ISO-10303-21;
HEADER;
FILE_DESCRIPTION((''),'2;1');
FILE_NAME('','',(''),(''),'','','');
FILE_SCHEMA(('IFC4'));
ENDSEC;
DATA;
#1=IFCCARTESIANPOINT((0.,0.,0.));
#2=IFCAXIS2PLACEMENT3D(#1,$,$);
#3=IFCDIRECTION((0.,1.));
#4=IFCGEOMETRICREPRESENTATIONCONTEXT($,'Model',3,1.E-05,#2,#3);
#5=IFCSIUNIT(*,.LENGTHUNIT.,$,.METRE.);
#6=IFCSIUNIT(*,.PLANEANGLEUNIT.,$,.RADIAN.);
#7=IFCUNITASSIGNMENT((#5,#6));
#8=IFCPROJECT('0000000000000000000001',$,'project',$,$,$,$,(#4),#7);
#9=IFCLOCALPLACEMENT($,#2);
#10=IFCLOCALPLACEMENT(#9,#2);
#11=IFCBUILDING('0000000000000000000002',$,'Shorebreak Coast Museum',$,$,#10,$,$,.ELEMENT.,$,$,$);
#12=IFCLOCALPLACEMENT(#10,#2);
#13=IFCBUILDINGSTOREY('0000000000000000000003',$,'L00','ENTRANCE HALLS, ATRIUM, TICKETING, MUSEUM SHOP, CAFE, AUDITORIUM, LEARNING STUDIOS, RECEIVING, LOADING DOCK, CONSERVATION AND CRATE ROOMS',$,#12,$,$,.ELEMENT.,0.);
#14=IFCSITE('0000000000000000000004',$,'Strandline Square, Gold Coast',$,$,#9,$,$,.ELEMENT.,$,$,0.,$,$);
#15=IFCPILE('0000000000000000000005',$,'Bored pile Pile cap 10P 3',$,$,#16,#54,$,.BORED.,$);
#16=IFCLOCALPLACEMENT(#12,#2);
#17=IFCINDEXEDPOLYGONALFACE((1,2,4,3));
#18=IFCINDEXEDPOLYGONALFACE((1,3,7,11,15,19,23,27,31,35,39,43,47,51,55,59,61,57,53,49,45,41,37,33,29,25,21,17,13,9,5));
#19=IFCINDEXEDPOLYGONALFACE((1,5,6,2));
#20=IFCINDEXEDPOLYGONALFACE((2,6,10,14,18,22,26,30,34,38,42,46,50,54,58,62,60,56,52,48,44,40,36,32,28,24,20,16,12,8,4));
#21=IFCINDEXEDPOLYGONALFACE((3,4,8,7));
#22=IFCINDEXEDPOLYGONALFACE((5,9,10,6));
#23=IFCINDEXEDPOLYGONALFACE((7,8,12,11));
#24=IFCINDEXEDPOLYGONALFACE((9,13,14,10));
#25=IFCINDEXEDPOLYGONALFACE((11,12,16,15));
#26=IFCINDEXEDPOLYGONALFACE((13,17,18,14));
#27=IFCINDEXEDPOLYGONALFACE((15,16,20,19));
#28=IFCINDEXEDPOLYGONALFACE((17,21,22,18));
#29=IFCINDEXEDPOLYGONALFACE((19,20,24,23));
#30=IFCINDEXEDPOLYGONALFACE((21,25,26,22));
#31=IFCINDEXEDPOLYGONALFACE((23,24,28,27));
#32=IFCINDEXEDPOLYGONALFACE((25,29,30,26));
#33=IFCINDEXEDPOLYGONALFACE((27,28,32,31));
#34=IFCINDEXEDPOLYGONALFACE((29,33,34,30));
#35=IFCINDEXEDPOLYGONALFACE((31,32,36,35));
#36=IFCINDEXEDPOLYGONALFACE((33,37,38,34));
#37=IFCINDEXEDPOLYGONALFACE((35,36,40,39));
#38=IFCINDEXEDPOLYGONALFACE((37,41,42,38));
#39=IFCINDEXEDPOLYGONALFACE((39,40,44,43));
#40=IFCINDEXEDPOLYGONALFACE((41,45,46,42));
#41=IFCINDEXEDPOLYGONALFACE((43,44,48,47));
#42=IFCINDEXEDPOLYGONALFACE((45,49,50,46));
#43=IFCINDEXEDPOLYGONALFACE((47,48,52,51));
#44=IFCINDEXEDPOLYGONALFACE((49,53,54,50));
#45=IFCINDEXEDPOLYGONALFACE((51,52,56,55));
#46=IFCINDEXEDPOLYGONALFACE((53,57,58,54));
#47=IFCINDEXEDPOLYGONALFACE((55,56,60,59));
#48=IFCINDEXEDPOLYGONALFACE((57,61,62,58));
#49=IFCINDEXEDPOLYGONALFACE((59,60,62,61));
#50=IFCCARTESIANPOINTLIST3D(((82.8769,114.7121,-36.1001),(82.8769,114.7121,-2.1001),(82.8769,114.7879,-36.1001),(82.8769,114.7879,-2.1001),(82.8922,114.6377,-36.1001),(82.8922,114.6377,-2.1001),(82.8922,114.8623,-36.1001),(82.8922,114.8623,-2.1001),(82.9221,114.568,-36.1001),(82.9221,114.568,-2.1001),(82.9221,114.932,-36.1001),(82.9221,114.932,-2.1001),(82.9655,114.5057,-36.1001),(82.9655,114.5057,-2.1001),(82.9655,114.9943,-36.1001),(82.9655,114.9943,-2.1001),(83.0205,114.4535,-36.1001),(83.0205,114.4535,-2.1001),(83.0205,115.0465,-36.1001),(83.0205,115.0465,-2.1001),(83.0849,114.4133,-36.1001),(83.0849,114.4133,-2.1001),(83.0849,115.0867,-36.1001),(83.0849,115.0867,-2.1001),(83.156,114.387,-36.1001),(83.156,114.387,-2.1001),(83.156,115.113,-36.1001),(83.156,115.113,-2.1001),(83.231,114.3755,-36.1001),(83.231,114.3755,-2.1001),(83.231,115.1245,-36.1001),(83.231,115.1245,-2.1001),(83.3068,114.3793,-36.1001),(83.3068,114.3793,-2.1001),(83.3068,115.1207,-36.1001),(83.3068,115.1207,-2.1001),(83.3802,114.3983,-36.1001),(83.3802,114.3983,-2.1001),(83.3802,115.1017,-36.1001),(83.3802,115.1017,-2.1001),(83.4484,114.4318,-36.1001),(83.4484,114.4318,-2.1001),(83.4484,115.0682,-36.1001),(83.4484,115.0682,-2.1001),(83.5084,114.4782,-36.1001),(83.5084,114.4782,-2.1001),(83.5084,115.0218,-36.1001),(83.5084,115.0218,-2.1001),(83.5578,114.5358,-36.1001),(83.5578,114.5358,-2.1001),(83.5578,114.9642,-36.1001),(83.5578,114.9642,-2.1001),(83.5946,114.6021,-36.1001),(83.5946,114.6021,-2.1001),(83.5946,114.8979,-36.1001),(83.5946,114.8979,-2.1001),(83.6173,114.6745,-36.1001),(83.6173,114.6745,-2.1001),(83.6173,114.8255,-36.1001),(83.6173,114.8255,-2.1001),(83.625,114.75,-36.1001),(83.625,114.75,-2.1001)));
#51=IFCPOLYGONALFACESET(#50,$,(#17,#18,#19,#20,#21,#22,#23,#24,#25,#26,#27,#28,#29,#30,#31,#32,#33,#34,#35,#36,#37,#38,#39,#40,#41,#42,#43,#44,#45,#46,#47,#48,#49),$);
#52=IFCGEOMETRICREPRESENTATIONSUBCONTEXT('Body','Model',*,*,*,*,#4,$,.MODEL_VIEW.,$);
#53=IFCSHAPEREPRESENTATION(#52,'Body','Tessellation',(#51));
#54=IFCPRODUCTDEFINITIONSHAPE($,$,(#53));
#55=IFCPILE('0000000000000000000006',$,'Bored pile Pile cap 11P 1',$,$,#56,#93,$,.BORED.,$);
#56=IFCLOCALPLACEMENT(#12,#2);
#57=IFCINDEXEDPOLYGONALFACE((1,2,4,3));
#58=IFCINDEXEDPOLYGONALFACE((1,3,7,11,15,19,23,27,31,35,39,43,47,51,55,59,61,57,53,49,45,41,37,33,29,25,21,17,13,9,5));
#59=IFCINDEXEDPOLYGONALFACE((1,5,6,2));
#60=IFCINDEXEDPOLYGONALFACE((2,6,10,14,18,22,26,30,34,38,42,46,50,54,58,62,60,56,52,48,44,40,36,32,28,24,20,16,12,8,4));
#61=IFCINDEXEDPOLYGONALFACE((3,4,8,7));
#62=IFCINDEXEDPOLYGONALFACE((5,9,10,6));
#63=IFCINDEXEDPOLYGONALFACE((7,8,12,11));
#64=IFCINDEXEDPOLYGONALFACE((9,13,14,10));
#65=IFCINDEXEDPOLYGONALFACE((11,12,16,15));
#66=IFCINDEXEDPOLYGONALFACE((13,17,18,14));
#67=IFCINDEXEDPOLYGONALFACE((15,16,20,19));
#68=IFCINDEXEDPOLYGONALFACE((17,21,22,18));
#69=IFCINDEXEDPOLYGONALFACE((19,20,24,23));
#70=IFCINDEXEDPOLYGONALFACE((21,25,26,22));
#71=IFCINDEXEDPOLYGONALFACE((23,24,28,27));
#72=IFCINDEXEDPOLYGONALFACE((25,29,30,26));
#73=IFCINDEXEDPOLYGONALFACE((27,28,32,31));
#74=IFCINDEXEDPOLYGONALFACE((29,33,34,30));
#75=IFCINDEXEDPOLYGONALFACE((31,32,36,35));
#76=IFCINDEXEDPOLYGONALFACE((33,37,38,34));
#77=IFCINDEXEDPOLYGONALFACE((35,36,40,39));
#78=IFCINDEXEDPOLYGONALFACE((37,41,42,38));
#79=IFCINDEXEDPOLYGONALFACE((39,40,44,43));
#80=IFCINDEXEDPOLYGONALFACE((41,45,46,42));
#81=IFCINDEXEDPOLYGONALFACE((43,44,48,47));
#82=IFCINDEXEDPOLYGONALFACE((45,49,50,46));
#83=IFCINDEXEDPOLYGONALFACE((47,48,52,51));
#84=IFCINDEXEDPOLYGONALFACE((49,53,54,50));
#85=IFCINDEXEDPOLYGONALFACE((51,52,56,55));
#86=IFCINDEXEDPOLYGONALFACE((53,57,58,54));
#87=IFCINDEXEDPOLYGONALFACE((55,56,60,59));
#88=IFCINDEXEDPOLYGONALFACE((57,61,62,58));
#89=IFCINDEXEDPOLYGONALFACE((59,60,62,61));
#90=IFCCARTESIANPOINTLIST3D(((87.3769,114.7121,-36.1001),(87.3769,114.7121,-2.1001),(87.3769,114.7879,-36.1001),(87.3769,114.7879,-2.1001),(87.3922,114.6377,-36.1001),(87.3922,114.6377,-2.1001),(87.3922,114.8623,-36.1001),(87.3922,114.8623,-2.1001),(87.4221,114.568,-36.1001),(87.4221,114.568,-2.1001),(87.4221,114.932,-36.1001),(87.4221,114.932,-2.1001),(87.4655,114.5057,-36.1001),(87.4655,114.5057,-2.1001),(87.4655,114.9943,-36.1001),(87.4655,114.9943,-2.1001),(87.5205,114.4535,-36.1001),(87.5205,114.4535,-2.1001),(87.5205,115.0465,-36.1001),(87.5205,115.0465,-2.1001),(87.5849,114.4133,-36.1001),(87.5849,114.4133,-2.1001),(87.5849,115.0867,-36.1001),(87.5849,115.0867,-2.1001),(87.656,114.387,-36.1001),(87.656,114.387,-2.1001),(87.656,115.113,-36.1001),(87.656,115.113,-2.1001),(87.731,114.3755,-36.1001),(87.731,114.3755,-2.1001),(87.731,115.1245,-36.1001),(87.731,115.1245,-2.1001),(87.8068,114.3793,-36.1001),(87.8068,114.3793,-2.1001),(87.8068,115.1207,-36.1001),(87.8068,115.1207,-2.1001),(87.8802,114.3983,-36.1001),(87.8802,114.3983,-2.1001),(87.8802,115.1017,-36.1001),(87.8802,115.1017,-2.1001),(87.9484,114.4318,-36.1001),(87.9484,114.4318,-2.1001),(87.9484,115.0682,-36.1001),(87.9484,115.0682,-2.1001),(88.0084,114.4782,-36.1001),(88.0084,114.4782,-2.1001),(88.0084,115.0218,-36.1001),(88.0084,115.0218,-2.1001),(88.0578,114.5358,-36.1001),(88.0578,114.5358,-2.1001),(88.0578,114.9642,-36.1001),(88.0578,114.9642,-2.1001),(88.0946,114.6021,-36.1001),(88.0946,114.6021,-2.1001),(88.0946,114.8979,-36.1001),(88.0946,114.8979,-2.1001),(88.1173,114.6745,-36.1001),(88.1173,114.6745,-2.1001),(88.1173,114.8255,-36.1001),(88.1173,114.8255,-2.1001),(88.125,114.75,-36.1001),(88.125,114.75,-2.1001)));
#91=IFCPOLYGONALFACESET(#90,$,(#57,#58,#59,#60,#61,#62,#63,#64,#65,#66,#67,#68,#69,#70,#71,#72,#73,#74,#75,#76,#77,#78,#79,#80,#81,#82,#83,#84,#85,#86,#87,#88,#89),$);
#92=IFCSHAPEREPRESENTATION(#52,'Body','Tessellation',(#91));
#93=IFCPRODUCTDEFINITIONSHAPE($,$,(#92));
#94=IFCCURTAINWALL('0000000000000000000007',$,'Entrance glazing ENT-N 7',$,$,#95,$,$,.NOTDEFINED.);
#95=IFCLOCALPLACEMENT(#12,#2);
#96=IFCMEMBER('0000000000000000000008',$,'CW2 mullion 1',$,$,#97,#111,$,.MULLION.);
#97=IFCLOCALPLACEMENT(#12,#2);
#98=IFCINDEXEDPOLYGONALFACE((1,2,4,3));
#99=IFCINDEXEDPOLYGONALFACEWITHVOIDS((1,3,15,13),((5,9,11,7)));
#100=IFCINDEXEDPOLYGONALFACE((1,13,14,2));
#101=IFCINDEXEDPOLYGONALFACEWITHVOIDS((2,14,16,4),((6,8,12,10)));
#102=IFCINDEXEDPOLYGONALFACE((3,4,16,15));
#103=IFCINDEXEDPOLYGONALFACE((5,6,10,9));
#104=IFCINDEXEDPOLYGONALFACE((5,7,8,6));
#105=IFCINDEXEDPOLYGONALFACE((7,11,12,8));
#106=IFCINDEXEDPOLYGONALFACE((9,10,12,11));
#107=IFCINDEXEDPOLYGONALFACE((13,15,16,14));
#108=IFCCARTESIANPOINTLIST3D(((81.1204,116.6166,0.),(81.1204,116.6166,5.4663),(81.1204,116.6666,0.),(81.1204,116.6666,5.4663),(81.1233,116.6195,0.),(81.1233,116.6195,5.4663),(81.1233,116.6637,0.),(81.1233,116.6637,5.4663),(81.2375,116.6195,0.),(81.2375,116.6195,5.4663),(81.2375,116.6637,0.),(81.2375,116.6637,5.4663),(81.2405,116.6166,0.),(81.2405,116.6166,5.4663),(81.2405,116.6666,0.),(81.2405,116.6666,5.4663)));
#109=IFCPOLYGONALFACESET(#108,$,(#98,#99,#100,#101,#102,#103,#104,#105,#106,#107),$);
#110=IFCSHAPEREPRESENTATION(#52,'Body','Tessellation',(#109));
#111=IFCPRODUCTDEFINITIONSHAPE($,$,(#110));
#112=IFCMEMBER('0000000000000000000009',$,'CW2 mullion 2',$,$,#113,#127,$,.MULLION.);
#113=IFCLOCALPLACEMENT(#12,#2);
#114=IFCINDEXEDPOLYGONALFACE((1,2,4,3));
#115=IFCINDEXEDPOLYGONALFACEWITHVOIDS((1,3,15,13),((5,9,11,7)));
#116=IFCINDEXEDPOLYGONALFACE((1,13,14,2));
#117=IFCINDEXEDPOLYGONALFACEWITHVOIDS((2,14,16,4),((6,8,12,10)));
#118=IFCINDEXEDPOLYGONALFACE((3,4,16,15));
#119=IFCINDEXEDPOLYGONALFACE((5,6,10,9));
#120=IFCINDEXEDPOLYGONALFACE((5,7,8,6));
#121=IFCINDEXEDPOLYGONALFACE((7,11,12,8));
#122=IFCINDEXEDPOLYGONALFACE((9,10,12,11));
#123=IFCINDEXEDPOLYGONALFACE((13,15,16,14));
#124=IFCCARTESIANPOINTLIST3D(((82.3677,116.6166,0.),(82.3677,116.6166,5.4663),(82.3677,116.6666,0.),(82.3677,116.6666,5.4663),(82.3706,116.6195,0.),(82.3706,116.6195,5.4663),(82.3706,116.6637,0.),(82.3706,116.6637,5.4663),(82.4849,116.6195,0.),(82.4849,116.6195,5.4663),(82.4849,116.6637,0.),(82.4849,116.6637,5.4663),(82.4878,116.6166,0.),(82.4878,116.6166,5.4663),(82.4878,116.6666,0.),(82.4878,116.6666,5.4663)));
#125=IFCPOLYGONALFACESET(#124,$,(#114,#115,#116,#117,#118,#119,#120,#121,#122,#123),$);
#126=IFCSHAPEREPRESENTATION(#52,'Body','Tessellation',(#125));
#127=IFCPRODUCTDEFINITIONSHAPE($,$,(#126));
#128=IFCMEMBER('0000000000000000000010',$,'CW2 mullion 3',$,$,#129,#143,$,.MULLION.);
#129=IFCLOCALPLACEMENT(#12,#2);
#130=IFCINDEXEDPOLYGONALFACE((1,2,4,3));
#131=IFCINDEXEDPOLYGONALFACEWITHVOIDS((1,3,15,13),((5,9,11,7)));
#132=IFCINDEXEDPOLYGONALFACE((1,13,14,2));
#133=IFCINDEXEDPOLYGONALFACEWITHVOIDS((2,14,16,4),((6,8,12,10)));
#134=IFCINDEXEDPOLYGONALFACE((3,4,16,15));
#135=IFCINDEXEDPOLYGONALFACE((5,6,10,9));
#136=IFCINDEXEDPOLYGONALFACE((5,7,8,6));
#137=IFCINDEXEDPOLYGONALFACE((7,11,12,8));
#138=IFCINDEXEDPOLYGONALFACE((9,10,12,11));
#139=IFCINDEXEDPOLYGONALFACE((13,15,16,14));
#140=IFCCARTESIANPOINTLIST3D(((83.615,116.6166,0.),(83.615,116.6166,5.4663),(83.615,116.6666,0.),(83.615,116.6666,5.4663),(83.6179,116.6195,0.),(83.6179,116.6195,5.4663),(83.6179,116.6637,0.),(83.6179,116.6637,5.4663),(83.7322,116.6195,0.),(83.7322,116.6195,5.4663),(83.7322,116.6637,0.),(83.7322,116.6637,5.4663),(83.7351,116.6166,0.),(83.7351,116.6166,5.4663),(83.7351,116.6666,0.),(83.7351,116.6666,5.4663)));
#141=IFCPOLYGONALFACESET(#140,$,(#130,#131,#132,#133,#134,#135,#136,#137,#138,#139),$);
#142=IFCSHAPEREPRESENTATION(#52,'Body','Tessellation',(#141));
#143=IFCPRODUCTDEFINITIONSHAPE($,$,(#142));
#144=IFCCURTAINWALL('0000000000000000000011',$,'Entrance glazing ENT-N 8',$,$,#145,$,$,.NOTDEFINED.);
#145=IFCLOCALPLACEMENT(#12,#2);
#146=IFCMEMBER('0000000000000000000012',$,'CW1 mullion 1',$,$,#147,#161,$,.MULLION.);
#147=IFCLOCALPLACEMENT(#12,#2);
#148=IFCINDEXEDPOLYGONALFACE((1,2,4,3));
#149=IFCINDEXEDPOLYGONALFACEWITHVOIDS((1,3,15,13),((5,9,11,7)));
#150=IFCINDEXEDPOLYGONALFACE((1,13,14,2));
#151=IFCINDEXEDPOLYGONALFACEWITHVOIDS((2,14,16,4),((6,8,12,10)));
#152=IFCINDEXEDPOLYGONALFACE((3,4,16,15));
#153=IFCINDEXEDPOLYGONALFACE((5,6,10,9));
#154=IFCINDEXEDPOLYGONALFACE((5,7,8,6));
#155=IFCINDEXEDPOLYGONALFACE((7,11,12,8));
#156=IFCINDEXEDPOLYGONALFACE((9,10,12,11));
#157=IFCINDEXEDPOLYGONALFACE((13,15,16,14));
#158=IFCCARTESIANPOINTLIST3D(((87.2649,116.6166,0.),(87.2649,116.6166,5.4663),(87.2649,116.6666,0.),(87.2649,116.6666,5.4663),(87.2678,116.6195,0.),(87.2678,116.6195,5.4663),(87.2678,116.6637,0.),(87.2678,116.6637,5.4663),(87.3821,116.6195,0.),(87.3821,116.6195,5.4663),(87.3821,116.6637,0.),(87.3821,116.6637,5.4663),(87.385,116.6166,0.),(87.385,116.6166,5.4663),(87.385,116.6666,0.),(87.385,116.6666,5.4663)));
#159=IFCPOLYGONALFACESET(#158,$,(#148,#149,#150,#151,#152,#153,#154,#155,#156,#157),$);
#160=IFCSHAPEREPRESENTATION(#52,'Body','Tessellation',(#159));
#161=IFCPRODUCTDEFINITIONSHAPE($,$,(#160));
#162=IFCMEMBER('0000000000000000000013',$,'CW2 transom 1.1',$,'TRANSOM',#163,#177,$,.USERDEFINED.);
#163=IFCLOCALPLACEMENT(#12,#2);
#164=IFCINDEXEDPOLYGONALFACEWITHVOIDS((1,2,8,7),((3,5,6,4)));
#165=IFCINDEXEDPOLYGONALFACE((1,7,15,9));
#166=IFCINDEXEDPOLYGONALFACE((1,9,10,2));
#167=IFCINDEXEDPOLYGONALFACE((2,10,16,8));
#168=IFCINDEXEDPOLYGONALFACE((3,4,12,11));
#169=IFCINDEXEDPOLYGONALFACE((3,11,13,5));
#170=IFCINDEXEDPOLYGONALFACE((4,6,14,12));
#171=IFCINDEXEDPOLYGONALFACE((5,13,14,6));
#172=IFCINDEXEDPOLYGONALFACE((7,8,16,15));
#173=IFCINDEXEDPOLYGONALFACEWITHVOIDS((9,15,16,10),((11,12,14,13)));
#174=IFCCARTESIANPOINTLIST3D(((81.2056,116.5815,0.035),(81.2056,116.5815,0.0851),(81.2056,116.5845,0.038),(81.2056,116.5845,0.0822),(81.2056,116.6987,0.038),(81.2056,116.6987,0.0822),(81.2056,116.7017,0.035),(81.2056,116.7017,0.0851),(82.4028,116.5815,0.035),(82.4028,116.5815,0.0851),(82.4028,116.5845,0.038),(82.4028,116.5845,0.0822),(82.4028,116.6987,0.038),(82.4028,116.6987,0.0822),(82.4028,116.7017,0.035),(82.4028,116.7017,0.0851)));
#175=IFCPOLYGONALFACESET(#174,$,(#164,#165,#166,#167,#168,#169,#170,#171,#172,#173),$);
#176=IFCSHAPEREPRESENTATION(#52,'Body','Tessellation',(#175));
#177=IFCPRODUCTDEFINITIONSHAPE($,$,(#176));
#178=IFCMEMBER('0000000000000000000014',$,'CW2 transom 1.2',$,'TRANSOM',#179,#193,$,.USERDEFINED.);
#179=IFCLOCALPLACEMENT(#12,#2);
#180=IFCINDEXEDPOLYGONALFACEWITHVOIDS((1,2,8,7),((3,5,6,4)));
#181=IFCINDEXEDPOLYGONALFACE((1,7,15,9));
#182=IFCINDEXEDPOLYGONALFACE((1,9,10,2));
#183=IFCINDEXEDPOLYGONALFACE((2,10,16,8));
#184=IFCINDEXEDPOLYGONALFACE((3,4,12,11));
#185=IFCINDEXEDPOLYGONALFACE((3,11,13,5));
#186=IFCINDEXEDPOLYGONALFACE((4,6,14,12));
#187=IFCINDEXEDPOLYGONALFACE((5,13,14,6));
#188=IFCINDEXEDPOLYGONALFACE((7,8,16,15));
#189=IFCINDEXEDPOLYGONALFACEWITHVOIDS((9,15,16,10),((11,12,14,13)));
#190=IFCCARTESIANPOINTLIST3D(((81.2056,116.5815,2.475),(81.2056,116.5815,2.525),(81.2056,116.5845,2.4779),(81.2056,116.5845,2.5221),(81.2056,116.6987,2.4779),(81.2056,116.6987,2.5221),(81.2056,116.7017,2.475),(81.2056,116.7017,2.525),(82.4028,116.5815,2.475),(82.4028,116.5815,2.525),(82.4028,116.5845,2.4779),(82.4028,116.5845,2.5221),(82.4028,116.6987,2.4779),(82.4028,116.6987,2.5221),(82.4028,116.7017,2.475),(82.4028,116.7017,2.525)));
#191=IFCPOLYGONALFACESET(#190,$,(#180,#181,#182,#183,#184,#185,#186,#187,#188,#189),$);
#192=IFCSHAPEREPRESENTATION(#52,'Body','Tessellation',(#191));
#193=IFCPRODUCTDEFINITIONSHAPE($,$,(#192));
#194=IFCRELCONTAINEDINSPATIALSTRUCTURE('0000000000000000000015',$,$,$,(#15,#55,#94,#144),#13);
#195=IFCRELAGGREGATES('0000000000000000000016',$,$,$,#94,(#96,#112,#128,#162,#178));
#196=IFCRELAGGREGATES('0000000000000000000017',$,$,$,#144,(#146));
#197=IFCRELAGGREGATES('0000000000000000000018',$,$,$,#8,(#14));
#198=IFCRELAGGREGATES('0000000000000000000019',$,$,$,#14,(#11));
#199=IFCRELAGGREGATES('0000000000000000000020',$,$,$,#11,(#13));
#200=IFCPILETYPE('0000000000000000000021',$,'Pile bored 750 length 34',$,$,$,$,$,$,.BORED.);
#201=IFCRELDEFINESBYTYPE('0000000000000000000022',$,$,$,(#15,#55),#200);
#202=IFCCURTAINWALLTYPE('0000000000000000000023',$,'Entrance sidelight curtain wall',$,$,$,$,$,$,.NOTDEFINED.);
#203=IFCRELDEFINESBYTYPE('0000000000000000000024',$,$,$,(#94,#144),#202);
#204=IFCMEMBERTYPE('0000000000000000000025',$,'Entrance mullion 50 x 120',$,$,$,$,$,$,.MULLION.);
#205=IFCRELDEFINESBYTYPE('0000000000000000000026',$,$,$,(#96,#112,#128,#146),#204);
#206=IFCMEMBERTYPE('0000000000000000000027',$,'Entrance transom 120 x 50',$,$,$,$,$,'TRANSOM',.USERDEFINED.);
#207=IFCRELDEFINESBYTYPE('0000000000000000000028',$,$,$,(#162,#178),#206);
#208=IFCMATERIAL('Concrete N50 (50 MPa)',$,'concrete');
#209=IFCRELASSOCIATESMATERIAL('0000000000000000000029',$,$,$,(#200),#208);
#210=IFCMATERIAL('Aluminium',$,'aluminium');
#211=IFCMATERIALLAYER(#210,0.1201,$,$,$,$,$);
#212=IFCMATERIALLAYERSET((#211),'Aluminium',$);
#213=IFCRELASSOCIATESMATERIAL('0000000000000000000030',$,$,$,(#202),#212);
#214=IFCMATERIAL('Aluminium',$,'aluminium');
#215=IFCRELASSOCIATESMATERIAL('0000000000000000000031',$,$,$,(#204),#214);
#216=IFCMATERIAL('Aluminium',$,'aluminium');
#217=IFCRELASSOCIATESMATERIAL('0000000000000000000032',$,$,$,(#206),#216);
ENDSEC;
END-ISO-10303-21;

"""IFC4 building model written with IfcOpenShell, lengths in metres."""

from ifc_helpers import new_model, si_unit, direction, frame, origin, origin_2d, place, context, subcontext, project, spatial, hollow_rectangle, circle, extrude, material, layer, layer_set, material_profile, profile_set, type_object, element, aggregate, save


model = new_model("IFC4")

# Units and contexts
model_context = context("Model", 3, precision=1e-05, world=origin(), true_north=direction((0.0, 1.0)))
body_context = subcontext(model_context, "Body", "Model", "MODEL_VIEW")
ifc_project = project(units=[si_unit("LENGTHUNIT", "METRE"), si_unit("PLANEANGLEUNIT", "RADIAN")], contexts=[model_context])

# Site, building, storey
site_placement = place(None, origin())
site = spatial("IfcSite", under=ifc_project, at=site_placement, Name="Strandline Square, Gold Coast", CompositionType="ELEMENT", RefElevation=0.0)
building_placement = place(site_placement, origin())
building = spatial("IfcBuilding", under=site, at=building_placement, Name="Shorebreak Coast Museum", CompositionType="ELEMENT")
storey_placement = place(building_placement, origin())
storey = spatial("IfcBuildingStorey", under=building, at=storey_placement, Name="L00", Description="ENTRANCE HALLS, ATRIUM, TICKETING, MUSEUM SHOP, CAFE, AUDITORIUM, LEARNING STUDIOS, RECEIVING, LOADING DOCK, CONSERVATION AND CRATE ROOMS", CompositionType="ELEMENT", Elevation=0.0)

# Piles
ifc_material_1 = material(Name="Concrete N50 (50 MPa)", Category="concrete")
ifc_material_profile_1 = material_profile(ifc_material_1, circle(Radius=0.375, at=origin_2d()), Name="Pile bored 750 length 34")
ifc_profile_set_1 = profile_set([ifc_material_profile_1], Name="Concrete N50 (50 MPa)")
pile_type = type_object("IfcPileType", Name="Pile bored 750 length 34", PredefinedType="BORED", material=ifc_profile_set_1)
for number, where, z_axis, x_axis, name in (
    (1, (83.25, 114.75, -2.1001), (0.0, 0.0, -1.0), (1.0, 0.0, 0.0), "Bored pile Pile cap 10P 3"),
    (2, (87.75, 114.75, -2.1001), (0.0, 0.0, -1.0), (1.0, 0.0, 0.0), "Bored pile Pile cap 11P 1"),
):
    element("IfcPile", number, at=place(storey_placement, frame(where, z_axis=z_axis, x_axis=x_axis)), inside=storey, type_object=pile_type, Name=name, PredefinedType="BORED", context=body_context, shape_type="SweptSolid", body=[
        extrude(circle(Radius=0.375, at=origin_2d()), origin(), (0.0, 0.0, 1.0), 34.0),
    ])

# Curtain wall, members
ifc_material_2 = material(Name="Aluminium", Category="aluminium")
ifc_layer_1 = layer(ifc_material_2, 0.1201)
ifc_layer_set_1 = layer_set([ifc_layer_1], Name="Aluminium")
curtain_wall_type = type_object("IfcCurtainWallType", Name="Entrance sidelight curtain wall", PredefinedType="NOTDEFINED", material=ifc_layer_set_1)
curtain_wall_1_placement = place(storey_placement, origin())
curtain_wall_1 = element("IfcCurtainWall", 3, at=curtain_wall_1_placement, inside=storey, type_object=curtain_wall_type, Name="Entrance glazing ENT-N 7", PredefinedType="NOTDEFINED")
ifc_material_3 = material(Name="Aluminium", Category="aluminium")
ifc_material_profile_2 = material_profile(ifc_material_3, hollow_rectangle(XDim=0.05, YDim=0.1201, WallThickness=0.0029, at=origin_2d()), Name="AL 120x50 RHS")
ifc_profile_set_2 = profile_set([ifc_material_profile_2], Name="Aluminium")
member_type_1 = type_object("IfcMemberType", Name="Entrance mullion 50 x 120", PredefinedType="MULLION", material=ifc_profile_set_2)
member_1_placement = place(storey_placement, frame((81.1804, 116.6416, 0.0), z_axis=(0.0, 0.0, 1.0), x_axis=(0.0, 1.0, 0.0)))
member_1 = element("IfcMember", 4, at=member_1_placement, type_object=member_type_1, Name="CW2 mullion 1", PredefinedType="MULLION", context=body_context, shape_type="SweptSolid", body=[
    extrude(hollow_rectangle(XDim=0.05, YDim=0.1201, WallThickness=0.0029, at=origin_2d()), origin(), (0.0, 0.0, 1.0), 5.4663),
])
member_2_placement = place(storey_placement, frame((82.4277, 116.6416, 0.0), z_axis=(0.0, 0.0, 1.0), x_axis=(0.0, 1.0, 0.0)))
member_2 = element("IfcMember", 5, at=member_2_placement, type_object=member_type_1, Name="CW2 mullion 2", PredefinedType="MULLION", context=body_context, shape_type="SweptSolid", body=[
    extrude(hollow_rectangle(XDim=0.05, YDim=0.1201, WallThickness=0.0029, at=origin_2d()), origin(), (0.0, 0.0, 1.0), 5.4663),
])
member_3_placement = place(storey_placement, frame((83.675, 116.6416, 0.0), z_axis=(0.0, 0.0, 1.0), x_axis=(0.0, 1.0, 0.0)))
member_3 = element("IfcMember", 6, at=member_3_placement, type_object=member_type_1, Name="CW2 mullion 3", PredefinedType="MULLION", context=body_context, shape_type="SweptSolid", body=[
    extrude(hollow_rectangle(XDim=0.05, YDim=0.1201, WallThickness=0.0029, at=origin_2d()), origin(), (0.0, 0.0, 1.0), 5.4663),
])

# Curtain wall, member
curtain_wall_2_placement = place(storey_placement, origin())
curtain_wall_2 = element("IfcCurtainWall", 7, at=curtain_wall_2_placement, inside=storey, type_object=curtain_wall_type, Name="Entrance glazing ENT-N 8", PredefinedType="NOTDEFINED")
member_4_placement = place(storey_placement, frame((87.325, 116.6416, 0.0), z_axis=(0.0, 0.0, 1.0), x_axis=(0.0, 1.0, 0.0)))
member_4 = element("IfcMember", 8, at=member_4_placement, type_object=member_type_1, Name="CW1 mullion 1", PredefinedType="MULLION", context=body_context, shape_type="SweptSolid", body=[
    extrude(hollow_rectangle(XDim=0.05, YDim=0.1201, WallThickness=0.0029, at=origin_2d()), origin(), (0.0, 0.0, 1.0), 5.4663),
])

# Members
ifc_material_4 = material(Name="Aluminium", Category="aluminium")
ifc_material_profile_3 = material_profile(ifc_material_4, hollow_rectangle(XDim=0.1201, YDim=0.05, WallThickness=0.0029, at=origin_2d()), Name="AL 50x120 RHS")
ifc_profile_set_3 = profile_set([ifc_material_profile_3], Name="Aluminium")
member_type_2 = type_object("IfcMemberType", Name="Entrance transom 120 x 50", ElementType="TRANSOM", PredefinedType="USERDEFINED", material=ifc_profile_set_3)
member_5_placement = place(storey_placement, frame((81.2056, 116.6416, 0.0601), z_axis=(1.0, 0.0, 0.0), x_axis=(0.0, 1.0, 0.0)))
member_5 = element("IfcMember", 9, at=member_5_placement, type_object=member_type_2, Name="CW2 transom 1.1", ObjectType="TRANSOM", PredefinedType="USERDEFINED", context=body_context, shape_type="SweptSolid", body=[
    extrude(hollow_rectangle(XDim=0.1201, YDim=0.05, WallThickness=0.0029, at=origin_2d()), origin(), (0.0, 0.0, 1.0), 1.1973),
])
member_6_placement = place(storey_placement, frame((81.2056, 116.6416, 2.5), z_axis=(1.0, 0.0, 0.0), x_axis=(0.0, 1.0, 0.0)))
member_6 = element("IfcMember", 10, at=member_6_placement, type_object=member_type_2, Name="CW2 transom 1.2", ObjectType="TRANSOM", PredefinedType="USERDEFINED", context=body_context, shape_type="SweptSolid", body=[
    extrude(hollow_rectangle(XDim=0.1201, YDim=0.05, WallThickness=0.0029, at=origin_2d()), origin(), (0.0, 0.0, 1.0), 1.1973),
])

aggregate(curtain_wall_1, [member_1, member_2, member_3, member_5, member_6])
aggregate(curtain_wall_2, [member_4])

save(model, "model.ifc")
